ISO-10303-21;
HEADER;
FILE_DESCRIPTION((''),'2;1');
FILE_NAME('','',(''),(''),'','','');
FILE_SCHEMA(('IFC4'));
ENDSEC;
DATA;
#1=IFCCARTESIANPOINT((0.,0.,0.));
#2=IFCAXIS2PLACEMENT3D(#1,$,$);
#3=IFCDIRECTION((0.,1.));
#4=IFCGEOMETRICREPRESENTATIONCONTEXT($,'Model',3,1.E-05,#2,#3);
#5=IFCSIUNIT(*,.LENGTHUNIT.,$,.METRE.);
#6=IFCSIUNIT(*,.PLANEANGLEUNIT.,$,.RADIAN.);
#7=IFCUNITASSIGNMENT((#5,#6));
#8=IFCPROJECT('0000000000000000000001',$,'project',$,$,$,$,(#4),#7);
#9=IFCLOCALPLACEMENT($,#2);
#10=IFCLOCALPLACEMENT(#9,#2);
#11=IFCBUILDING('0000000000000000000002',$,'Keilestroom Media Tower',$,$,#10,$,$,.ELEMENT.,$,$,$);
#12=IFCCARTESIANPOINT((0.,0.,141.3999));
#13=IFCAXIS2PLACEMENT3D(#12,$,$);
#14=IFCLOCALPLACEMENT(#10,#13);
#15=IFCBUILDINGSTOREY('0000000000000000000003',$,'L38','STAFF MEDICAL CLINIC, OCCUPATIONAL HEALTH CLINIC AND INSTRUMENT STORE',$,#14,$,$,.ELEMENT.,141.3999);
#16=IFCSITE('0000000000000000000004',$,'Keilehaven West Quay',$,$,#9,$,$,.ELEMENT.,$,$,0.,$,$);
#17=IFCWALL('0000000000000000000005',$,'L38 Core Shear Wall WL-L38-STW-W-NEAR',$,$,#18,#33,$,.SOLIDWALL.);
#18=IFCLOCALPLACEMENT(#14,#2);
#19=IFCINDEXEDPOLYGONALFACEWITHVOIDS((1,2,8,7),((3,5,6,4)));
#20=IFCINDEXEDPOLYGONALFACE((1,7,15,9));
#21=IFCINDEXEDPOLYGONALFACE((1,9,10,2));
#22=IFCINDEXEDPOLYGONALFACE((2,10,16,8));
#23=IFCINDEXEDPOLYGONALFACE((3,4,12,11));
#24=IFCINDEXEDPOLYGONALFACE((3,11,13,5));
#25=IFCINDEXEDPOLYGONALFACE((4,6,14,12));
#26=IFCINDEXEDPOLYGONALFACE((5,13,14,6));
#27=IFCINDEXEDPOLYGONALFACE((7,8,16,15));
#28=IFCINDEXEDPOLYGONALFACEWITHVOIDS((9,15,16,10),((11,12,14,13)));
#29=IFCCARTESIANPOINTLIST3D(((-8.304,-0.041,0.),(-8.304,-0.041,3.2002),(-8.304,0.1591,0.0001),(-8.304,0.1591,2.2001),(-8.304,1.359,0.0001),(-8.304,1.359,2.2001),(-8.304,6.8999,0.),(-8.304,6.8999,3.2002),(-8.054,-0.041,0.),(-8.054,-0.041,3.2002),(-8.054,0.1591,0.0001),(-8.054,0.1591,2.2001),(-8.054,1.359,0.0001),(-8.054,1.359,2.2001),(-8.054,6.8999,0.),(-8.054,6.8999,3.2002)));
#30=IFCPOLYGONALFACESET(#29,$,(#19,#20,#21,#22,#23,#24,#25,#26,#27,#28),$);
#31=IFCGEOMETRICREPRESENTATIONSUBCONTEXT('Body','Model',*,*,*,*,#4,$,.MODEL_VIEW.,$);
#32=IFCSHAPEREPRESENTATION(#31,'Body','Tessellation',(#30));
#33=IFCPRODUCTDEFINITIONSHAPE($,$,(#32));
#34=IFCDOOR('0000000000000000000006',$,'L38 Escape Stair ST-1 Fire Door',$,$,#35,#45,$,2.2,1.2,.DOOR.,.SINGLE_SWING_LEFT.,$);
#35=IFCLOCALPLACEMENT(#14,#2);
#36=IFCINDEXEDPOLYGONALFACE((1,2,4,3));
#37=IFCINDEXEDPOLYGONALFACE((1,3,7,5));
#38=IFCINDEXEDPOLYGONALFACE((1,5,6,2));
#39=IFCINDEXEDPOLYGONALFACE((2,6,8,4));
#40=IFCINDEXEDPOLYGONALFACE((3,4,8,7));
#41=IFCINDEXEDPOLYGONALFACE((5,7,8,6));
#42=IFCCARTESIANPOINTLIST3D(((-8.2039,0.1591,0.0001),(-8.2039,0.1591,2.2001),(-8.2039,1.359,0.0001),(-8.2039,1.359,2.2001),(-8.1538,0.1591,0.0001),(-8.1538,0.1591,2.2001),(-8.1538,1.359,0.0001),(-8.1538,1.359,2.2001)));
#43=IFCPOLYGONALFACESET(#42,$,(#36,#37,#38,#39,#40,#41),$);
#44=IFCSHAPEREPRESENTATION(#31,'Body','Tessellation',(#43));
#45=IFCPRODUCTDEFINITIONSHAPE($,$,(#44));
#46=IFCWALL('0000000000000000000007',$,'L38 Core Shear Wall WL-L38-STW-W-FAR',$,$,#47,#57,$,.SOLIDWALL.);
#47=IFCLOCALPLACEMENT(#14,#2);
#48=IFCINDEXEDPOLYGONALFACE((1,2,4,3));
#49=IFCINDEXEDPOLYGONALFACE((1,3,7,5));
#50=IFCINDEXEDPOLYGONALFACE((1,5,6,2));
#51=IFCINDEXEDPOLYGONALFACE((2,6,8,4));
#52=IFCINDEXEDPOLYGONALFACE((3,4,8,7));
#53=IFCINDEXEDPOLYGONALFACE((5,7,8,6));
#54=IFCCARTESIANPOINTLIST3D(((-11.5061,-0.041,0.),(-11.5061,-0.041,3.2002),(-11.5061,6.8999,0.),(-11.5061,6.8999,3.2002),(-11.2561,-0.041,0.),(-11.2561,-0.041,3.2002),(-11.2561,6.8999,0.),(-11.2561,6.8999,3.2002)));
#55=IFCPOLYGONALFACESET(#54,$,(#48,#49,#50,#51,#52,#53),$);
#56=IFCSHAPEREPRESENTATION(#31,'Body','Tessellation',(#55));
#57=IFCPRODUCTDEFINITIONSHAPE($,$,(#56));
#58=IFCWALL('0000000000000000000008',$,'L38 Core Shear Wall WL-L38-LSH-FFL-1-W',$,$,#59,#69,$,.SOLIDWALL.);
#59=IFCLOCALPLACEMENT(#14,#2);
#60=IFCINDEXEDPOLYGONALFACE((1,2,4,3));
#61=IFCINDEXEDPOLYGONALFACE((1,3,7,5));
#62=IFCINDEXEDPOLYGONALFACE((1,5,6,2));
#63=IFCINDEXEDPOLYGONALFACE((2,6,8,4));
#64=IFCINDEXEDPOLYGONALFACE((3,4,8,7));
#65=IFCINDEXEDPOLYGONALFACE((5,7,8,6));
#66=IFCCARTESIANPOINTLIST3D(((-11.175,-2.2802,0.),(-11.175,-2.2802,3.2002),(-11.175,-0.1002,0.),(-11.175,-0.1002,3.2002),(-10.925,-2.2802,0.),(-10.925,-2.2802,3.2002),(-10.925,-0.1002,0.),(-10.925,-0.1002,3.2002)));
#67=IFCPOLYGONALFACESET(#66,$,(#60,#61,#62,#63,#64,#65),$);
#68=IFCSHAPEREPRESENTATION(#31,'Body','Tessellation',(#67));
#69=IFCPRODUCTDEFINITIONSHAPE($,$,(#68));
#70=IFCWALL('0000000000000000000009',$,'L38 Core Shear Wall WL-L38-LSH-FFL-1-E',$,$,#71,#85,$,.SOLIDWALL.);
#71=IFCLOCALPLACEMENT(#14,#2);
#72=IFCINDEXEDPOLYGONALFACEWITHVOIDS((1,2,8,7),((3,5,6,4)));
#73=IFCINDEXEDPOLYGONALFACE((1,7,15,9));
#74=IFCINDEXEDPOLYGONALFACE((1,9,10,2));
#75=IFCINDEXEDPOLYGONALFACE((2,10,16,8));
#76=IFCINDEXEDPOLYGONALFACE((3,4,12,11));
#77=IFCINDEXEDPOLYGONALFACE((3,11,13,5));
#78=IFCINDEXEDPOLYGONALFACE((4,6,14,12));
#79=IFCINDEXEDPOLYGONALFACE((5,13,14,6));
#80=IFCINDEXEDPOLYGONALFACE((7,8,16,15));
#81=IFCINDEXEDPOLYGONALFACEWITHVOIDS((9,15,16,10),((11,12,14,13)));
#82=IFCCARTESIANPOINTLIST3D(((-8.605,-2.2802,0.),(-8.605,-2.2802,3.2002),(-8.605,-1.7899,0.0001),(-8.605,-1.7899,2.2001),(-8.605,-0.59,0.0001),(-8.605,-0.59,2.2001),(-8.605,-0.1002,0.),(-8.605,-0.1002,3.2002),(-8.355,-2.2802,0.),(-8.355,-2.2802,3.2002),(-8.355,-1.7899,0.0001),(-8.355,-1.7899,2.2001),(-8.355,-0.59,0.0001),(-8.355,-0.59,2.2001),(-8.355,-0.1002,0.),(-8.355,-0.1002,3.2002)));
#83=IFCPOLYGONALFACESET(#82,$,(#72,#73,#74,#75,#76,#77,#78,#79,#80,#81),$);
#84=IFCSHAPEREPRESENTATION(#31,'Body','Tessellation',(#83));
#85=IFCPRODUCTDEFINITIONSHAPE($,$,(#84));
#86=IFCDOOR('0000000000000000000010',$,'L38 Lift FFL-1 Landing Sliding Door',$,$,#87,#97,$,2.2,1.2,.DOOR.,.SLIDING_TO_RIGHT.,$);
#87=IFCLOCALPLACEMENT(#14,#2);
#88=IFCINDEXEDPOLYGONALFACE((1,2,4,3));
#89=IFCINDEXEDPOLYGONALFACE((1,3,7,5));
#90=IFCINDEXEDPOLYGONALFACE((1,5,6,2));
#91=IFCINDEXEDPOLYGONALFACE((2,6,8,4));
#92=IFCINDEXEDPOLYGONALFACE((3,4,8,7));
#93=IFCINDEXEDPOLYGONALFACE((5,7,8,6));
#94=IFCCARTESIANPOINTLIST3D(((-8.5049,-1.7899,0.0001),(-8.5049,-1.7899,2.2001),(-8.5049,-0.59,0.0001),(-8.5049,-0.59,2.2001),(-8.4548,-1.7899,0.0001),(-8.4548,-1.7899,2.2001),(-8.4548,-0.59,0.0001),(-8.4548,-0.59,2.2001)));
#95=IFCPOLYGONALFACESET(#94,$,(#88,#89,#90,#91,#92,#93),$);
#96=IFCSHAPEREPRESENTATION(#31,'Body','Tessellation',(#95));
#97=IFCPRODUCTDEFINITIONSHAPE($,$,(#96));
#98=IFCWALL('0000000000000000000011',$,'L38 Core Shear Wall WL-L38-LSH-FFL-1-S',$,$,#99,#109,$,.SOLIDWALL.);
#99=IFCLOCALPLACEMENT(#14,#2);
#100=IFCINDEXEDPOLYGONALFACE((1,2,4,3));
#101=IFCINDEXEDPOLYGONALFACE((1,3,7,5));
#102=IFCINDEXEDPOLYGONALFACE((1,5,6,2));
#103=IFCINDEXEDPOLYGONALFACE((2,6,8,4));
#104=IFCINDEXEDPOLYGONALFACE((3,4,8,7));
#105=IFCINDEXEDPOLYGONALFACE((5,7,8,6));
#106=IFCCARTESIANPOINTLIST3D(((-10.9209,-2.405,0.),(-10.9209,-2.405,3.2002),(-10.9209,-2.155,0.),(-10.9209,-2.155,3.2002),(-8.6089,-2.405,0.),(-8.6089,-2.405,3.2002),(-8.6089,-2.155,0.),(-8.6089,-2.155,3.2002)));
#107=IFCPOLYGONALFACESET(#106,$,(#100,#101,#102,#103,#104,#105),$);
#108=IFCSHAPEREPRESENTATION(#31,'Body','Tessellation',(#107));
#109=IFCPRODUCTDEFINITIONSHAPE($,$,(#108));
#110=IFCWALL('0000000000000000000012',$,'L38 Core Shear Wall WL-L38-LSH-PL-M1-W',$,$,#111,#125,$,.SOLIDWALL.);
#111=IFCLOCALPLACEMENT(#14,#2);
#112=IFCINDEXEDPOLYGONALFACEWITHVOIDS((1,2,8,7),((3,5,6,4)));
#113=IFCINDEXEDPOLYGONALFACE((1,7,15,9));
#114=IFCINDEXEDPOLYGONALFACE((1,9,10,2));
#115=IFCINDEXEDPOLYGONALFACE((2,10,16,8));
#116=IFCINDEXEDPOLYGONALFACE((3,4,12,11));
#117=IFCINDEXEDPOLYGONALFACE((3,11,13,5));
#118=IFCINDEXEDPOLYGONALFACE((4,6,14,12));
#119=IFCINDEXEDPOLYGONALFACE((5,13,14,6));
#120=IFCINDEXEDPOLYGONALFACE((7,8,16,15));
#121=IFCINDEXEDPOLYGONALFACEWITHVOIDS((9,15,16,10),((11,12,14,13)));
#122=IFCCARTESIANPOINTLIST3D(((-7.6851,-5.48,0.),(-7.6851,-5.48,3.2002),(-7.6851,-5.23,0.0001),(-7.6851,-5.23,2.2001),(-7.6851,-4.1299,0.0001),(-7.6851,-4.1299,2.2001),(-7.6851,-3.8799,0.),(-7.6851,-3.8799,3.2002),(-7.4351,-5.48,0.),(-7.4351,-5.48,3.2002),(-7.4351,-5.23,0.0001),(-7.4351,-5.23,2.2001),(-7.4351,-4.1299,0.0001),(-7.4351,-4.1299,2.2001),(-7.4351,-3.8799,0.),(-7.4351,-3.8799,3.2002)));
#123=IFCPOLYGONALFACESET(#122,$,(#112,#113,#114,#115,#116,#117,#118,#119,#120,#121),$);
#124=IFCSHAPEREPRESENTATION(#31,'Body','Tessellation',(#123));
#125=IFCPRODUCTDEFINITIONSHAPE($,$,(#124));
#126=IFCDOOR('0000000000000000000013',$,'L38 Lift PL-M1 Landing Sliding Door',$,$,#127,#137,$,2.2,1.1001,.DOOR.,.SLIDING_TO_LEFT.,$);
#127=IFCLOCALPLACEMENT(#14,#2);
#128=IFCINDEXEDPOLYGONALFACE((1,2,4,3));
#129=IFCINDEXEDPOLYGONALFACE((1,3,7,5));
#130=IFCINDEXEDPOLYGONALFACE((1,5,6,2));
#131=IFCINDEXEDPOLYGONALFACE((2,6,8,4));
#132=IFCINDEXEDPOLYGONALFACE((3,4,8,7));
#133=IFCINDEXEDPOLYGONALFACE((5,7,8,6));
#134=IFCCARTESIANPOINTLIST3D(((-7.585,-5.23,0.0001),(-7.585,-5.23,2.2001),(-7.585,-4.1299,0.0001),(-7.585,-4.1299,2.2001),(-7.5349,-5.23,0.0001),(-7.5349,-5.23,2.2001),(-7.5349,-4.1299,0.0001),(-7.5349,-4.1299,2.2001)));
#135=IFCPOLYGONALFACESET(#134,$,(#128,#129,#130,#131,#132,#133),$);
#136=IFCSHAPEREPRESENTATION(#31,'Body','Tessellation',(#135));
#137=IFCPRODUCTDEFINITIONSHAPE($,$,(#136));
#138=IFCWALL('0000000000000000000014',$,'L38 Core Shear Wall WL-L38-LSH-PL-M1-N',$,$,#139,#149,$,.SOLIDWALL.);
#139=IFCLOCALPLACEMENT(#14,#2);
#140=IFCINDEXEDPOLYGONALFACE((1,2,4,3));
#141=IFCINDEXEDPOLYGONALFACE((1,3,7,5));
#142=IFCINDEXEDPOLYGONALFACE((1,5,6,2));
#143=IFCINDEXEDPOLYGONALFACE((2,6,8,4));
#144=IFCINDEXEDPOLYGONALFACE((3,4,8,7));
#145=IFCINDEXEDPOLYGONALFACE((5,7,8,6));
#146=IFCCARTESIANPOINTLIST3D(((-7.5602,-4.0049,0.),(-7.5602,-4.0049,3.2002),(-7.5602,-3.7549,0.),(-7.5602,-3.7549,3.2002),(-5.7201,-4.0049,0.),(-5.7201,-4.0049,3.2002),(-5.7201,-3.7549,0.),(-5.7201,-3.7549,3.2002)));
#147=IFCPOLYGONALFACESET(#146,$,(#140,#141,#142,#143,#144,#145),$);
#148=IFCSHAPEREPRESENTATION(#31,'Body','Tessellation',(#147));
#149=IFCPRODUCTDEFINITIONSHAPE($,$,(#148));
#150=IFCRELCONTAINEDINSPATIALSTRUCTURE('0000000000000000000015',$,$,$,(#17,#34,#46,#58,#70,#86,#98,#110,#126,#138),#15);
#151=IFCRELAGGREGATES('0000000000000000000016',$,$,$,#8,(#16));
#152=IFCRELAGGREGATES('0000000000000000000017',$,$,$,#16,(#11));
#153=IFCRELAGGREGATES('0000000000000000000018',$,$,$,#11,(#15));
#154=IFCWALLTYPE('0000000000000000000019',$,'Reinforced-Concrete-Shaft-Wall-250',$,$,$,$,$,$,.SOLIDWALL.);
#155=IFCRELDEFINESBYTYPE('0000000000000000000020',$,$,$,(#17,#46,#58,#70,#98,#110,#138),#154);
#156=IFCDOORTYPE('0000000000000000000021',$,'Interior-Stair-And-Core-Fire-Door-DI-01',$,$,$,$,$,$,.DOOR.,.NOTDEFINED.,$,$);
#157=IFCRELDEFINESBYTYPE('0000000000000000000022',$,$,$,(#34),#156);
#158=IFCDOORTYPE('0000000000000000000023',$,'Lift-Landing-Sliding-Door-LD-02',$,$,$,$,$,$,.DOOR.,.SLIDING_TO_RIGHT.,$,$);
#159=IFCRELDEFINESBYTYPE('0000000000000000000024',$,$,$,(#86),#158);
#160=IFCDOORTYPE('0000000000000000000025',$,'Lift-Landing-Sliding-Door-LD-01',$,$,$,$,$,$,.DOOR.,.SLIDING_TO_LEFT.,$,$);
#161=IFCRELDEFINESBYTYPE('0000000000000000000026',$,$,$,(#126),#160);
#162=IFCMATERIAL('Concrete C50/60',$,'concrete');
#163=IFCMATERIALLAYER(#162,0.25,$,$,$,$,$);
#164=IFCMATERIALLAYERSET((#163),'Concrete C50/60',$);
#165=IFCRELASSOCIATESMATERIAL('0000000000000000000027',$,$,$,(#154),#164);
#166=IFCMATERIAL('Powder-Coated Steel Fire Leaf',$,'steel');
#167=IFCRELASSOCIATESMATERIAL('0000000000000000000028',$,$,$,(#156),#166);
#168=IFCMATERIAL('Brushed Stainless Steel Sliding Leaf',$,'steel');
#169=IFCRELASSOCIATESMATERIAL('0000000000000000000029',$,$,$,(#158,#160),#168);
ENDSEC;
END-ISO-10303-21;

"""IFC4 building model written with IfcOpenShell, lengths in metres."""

from ifc_helpers import new_model, si_unit, direction, frame, frame_2d, origin, place, context, subcontext, project, spatial, rectangle, extrude, source, transform, mapped, material, layer, layer_set, type_object, element, fill, save


model = new_model("IFC4")

# Units and contexts
model_context = context("Model", 3, precision=1e-05, world=origin(), true_north=direction((0.0, 1.0)))
body_context = subcontext(model_context, "Body", "Model", "MODEL_VIEW")
ifc_project = project(units=[si_unit("LENGTHUNIT", "METRE"), si_unit("PLANEANGLEUNIT", "RADIAN")], contexts=[model_context])

# Site, building, storey
site_placement = place(None, origin())
site = spatial("IfcSite", under=ifc_project, at=site_placement, Name="Keilehaven West Quay", CompositionType="ELEMENT", RefElevation=0.0)
building_placement = place(site_placement, origin())
building = spatial("IfcBuilding", under=site, at=building_placement, Name="Keilestroom Media Tower", CompositionType="ELEMENT")
storey_placement = place(building_placement, frame((0.0, 0.0, 141.3999)))
storey = spatial("IfcBuildingStorey", under=building, at=storey_placement, Name="L38", Description="STAFF MEDICAL CLINIC, OCCUPATIONAL HEALTH CLINIC AND INSTRUMENT STORE", CompositionType="ELEMENT", Elevation=141.3999)

# Shared definitions
ifc_material_1 = material(Name="Powder-Coated Steel Fire Leaf", Category="steel")
shared_shape_1 = source(origin(), body_context, "Body", "SweptSolid", [
    extrude(rectangle(XDim=1.2, YDim=2.2, at=frame_2d((0.6001, 1.1001))), frame((0.0, 0.0249, 0.0), z_axis=(0.0, -1.0, 0.0), x_axis=(1.0, 0.0, 0.0)), (0.0, 0.0, 1.0), 0.05),
])

# Shared definitions
ifc_material_2 = material(Name="Concrete C50/60", Category="concrete")
ifc_layer_1 = layer(ifc_material_2, 0.25)
ifc_layer_set_1 = layer_set([ifc_layer_1], Name="Concrete C50/60")
wall_type_1 = type_object("IfcWallType", Name="Reinforced-Concrete-Shaft-Wall-250", PredefinedType="SOLIDWALL", material=ifc_layer_set_1)

# Wall, opening, door
wall_1_placement = place(storey_placement, frame((-8.179, -0.041, 0.0), z_axis=(0.0, 0.0, 1.0), x_axis=(0.0, 1.0, 0.0)))
wall_1 = element("IfcWall", 1, at=wall_1_placement, inside=storey, type_object=wall_type_1, Name="L38 Core Shear Wall WL-L38-STW-W-NEAR", PredefinedType="SOLIDWALL", context=body_context, shape_type="SweptSolid", body=[
    extrude(rectangle(XDim=6.9409, YDim=0.25, at=frame_2d((3.4705, 0.0))), origin(), (0.0, 0.0, 1.0), 3.2002),
])
opening_1_placement = place(wall_1_placement, frame((0.2, 0.0, 0.0)))
opening_1 = element("IfcOpeningElement", 2, at=opening_1_placement, cuts=wall_1, PredefinedType="OPENING", context=body_context, shape_type="SweptSolid", body=[
    extrude(rectangle(XDim=1.2, YDim=2.2, at=frame_2d((0.6001, 1.1001))), frame((0.0, 0.135, 0.0), z_axis=(0.0, -1.0, 0.0), x_axis=(1.0, 0.0, 0.0)), (0.0, 0.0, 1.0), 0.27),
])
door_type_1 = type_object("IfcDoorType", Name="Interior-Stair-And-Core-Fire-Door-DI-01", OperationType="NOTDEFINED", PredefinedType="DOOR", material=ifc_material_1)
door_1_placement = place(opening_1_placement, origin())
door_1 = element("IfcDoor", 3, at=door_1_placement, inside=storey, type_object=door_type_1, Name="L38 Escape Stair ST-1 Fire Door", OperationType="SINGLE_SWING_LEFT", OverallHeight=2.2, OverallWidth=1.2, PredefinedType="DOOR", context=body_context, shape_type="MappedRepresentation", body=[
    mapped(shared_shape_1, transform((0.0, 0.0, 0.0), x_axis=(1.0, 0.0, 0.0), y_axis=(0.0, 1.0, 0.0), z_axis=(0.0, 0.0, 1.0), scale=1.0)),
])
fill(opening_1, door_1)

# Walls
wall_2_placement = place(storey_placement, frame((-11.3811, -0.041, 0.0), z_axis=(0.0, 0.0, 1.0), x_axis=(0.0, 1.0, 0.0)))
element("IfcWall", 4, at=wall_2_placement, inside=storey, type_object=wall_type_1, Name="L38 Core Shear Wall WL-L38-STW-W-FAR", PredefinedType="SOLIDWALL", context=body_context, shape_type="SweptSolid", body=[
    extrude(rectangle(XDim=6.9409, YDim=0.25, at=frame_2d((3.4705, 0.0))), origin(), (0.0, 0.0, 1.0), 3.2002),
])
wall_3_placement = place(storey_placement, frame((-11.05, -2.28, 0.0), z_axis=(0.0, 0.0, 1.0), x_axis=(0.0, 1.0, 0.0)))
element("IfcWall", 5, at=wall_3_placement, inside=storey, type_object=wall_type_1, Name="L38 Core Shear Wall WL-L38-LSH-FFL-1-W", PredefinedType="SOLIDWALL", context=body_context, shape_type="SweptSolid", body=[
    extrude(rectangle(XDim=2.1799, YDim=0.25, at=frame_2d((1.0898, 0.0))), origin(), (0.0, 0.0, 1.0), 3.2002),
])

# Wall, opening, door
wall_4_placement = place(storey_placement, frame((-8.48, -2.28, 0.0), z_axis=(0.0, 0.0, 1.0), x_axis=(0.0, 1.0, 0.0)))
wall_4 = element("IfcWall", 6, at=wall_4_placement, inside=storey, type_object=wall_type_1, Name="L38 Core Shear Wall WL-L38-LSH-FFL-1-E", PredefinedType="SOLIDWALL", context=body_context, shape_type="SweptSolid", body=[
    extrude(rectangle(XDim=2.1799, YDim=0.25, at=frame_2d((1.0898, 0.0))), origin(), (0.0, 0.0, 1.0), 3.2002),
])
opening_2_placement = place(wall_4_placement, frame((0.49, 0.0, 0.0)))
opening_2 = element("IfcOpeningElement", 7, at=opening_2_placement, cuts=wall_4, PredefinedType="OPENING", context=body_context, shape_type="SweptSolid", body=[
    extrude(rectangle(XDim=1.2, YDim=2.2, at=frame_2d((0.6001, 1.1001))), frame((0.0, 0.135, 0.0), z_axis=(0.0, -1.0, 0.0), x_axis=(1.0, 0.0, 0.0)), (0.0, 0.0, 1.0), 0.27),
])
ifc_material_3 = material(Name="Brushed Stainless Steel Sliding Leaf", Category="steel")
door_type_2 = type_object("IfcDoorType", Name="Lift-Landing-Sliding-Door-LD-02", OperationType="SLIDING_TO_RIGHT", PredefinedType="DOOR", material=ifc_material_3)
door_2_placement = place(opening_2_placement, origin())
door_2 = element("IfcDoor", 8, at=door_2_placement, inside=storey, type_object=door_type_2, Name="L38 Lift FFL-1 Landing Sliding Door", OperationType="SLIDING_TO_RIGHT", OverallHeight=2.2, OverallWidth=1.2, PredefinedType="DOOR", context=body_context, shape_type="MappedRepresentation", body=[
    mapped(shared_shape_1, transform((0.0, 0.0, 0.0), x_axis=(1.0, 0.0, 0.0), y_axis=(0.0, 1.0, 0.0), z_axis=(0.0, 0.0, 1.0), scale=1.0)),
])
fill(opening_2, door_2)

# Wall
wall_5_placement = place(storey_placement, frame((-10.9209, -2.28, 0.0), z_axis=(0.0, 0.0, 1.0), x_axis=(1.0, 0.0, 0.0)))
element("IfcWall", 9, at=wall_5_placement, inside=storey, type_object=wall_type_1, Name="L38 Core Shear Wall WL-L38-LSH-FFL-1-S", PredefinedType="SOLIDWALL", context=body_context, shape_type="SweptSolid", body=[
    extrude(rectangle(XDim=2.312, YDim=0.25, at=frame_2d((1.156, 0.0))), origin(), (0.0, 0.0, 1.0), 3.2002),
])

# Wall, opening, door
wall_6_placement = place(storey_placement, frame((-7.5601, -5.48, 0.0), z_axis=(0.0, 0.0, 1.0), x_axis=(0.0, 1.0, 0.0)))
wall_6 = element("IfcWall", 10, at=wall_6_placement, inside=storey, type_object=wall_type_1, Name="L38 Core Shear Wall WL-L38-LSH-PL-M1-W", PredefinedType="SOLIDWALL", context=body_context, shape_type="SweptSolid", body=[
    extrude(rectangle(XDim=1.6001, YDim=0.25, at=frame_2d((0.8, 0.0))), origin(), (0.0, 0.0, 1.0), 3.2002),
])
opening_3_placement = place(wall_6_placement, frame((0.25, 0.0, 0.0)))
opening_3 = element("IfcOpeningElement", 11, at=opening_3_placement, cuts=wall_6, PredefinedType="OPENING", context=body_context, shape_type="SweptSolid", body=[
    extrude(rectangle(XDim=1.1001, YDim=2.2, at=frame_2d((0.55, 1.1001))), frame((0.0, 0.135, 0.0), z_axis=(0.0, -1.0, 0.0), x_axis=(1.0, 0.0, 0.0)), (0.0, 0.0, 1.0), 0.27),
])
door_type_3 = type_object("IfcDoorType", Name="Lift-Landing-Sliding-Door-LD-01", OperationType="SLIDING_TO_LEFT", PredefinedType="DOOR", material=ifc_material_3)
shared_shape_2 = source(origin(), body_context, "Body", "SweptSolid", [
    extrude(rectangle(XDim=1.1001, YDim=2.2, at=frame_2d((0.55, 1.1001))), frame((0.0, 0.0249, 0.0), z_axis=(0.0, -1.0, 0.0), x_axis=(1.0, 0.0, 0.0)), (0.0, 0.0, 1.0), 0.05),
])
door_3_placement = place(opening_3_placement, origin())
door_3 = element("IfcDoor", 12, at=door_3_placement, inside=storey, type_object=door_type_3, Name="L38 Lift PL-M1 Landing Sliding Door", OperationType="SLIDING_TO_LEFT", OverallHeight=2.2, OverallWidth=1.1001, PredefinedType="DOOR", context=body_context, shape_type="MappedRepresentation", body=[
    mapped(shared_shape_2, transform((0.0, 0.0, 0.0), x_axis=(1.0, 0.0, 0.0), y_axis=(0.0, 1.0, 0.0), z_axis=(0.0, 0.0, 1.0), scale=1.0)),
])
fill(opening_3, door_3)

# Wall
wall_7_placement = place(storey_placement, frame((-7.5601, -3.8799, 0.0), z_axis=(0.0, 0.0, 1.0), x_axis=(1.0, 0.0, 0.0)))
element("IfcWall", 13, at=wall_7_placement, inside=storey, type_object=wall_type_1, Name="L38 Core Shear Wall WL-L38-LSH-PL-M1-N", PredefinedType="SOLIDWALL", context=body_context, shape_type="SweptSolid", body=[
    extrude(rectangle(XDim=1.8401, YDim=0.25, at=frame_2d((0.9199, 0.0))), origin(), (0.0, 0.0, 1.0), 3.2002),
])

save(model, "model.ifc")
